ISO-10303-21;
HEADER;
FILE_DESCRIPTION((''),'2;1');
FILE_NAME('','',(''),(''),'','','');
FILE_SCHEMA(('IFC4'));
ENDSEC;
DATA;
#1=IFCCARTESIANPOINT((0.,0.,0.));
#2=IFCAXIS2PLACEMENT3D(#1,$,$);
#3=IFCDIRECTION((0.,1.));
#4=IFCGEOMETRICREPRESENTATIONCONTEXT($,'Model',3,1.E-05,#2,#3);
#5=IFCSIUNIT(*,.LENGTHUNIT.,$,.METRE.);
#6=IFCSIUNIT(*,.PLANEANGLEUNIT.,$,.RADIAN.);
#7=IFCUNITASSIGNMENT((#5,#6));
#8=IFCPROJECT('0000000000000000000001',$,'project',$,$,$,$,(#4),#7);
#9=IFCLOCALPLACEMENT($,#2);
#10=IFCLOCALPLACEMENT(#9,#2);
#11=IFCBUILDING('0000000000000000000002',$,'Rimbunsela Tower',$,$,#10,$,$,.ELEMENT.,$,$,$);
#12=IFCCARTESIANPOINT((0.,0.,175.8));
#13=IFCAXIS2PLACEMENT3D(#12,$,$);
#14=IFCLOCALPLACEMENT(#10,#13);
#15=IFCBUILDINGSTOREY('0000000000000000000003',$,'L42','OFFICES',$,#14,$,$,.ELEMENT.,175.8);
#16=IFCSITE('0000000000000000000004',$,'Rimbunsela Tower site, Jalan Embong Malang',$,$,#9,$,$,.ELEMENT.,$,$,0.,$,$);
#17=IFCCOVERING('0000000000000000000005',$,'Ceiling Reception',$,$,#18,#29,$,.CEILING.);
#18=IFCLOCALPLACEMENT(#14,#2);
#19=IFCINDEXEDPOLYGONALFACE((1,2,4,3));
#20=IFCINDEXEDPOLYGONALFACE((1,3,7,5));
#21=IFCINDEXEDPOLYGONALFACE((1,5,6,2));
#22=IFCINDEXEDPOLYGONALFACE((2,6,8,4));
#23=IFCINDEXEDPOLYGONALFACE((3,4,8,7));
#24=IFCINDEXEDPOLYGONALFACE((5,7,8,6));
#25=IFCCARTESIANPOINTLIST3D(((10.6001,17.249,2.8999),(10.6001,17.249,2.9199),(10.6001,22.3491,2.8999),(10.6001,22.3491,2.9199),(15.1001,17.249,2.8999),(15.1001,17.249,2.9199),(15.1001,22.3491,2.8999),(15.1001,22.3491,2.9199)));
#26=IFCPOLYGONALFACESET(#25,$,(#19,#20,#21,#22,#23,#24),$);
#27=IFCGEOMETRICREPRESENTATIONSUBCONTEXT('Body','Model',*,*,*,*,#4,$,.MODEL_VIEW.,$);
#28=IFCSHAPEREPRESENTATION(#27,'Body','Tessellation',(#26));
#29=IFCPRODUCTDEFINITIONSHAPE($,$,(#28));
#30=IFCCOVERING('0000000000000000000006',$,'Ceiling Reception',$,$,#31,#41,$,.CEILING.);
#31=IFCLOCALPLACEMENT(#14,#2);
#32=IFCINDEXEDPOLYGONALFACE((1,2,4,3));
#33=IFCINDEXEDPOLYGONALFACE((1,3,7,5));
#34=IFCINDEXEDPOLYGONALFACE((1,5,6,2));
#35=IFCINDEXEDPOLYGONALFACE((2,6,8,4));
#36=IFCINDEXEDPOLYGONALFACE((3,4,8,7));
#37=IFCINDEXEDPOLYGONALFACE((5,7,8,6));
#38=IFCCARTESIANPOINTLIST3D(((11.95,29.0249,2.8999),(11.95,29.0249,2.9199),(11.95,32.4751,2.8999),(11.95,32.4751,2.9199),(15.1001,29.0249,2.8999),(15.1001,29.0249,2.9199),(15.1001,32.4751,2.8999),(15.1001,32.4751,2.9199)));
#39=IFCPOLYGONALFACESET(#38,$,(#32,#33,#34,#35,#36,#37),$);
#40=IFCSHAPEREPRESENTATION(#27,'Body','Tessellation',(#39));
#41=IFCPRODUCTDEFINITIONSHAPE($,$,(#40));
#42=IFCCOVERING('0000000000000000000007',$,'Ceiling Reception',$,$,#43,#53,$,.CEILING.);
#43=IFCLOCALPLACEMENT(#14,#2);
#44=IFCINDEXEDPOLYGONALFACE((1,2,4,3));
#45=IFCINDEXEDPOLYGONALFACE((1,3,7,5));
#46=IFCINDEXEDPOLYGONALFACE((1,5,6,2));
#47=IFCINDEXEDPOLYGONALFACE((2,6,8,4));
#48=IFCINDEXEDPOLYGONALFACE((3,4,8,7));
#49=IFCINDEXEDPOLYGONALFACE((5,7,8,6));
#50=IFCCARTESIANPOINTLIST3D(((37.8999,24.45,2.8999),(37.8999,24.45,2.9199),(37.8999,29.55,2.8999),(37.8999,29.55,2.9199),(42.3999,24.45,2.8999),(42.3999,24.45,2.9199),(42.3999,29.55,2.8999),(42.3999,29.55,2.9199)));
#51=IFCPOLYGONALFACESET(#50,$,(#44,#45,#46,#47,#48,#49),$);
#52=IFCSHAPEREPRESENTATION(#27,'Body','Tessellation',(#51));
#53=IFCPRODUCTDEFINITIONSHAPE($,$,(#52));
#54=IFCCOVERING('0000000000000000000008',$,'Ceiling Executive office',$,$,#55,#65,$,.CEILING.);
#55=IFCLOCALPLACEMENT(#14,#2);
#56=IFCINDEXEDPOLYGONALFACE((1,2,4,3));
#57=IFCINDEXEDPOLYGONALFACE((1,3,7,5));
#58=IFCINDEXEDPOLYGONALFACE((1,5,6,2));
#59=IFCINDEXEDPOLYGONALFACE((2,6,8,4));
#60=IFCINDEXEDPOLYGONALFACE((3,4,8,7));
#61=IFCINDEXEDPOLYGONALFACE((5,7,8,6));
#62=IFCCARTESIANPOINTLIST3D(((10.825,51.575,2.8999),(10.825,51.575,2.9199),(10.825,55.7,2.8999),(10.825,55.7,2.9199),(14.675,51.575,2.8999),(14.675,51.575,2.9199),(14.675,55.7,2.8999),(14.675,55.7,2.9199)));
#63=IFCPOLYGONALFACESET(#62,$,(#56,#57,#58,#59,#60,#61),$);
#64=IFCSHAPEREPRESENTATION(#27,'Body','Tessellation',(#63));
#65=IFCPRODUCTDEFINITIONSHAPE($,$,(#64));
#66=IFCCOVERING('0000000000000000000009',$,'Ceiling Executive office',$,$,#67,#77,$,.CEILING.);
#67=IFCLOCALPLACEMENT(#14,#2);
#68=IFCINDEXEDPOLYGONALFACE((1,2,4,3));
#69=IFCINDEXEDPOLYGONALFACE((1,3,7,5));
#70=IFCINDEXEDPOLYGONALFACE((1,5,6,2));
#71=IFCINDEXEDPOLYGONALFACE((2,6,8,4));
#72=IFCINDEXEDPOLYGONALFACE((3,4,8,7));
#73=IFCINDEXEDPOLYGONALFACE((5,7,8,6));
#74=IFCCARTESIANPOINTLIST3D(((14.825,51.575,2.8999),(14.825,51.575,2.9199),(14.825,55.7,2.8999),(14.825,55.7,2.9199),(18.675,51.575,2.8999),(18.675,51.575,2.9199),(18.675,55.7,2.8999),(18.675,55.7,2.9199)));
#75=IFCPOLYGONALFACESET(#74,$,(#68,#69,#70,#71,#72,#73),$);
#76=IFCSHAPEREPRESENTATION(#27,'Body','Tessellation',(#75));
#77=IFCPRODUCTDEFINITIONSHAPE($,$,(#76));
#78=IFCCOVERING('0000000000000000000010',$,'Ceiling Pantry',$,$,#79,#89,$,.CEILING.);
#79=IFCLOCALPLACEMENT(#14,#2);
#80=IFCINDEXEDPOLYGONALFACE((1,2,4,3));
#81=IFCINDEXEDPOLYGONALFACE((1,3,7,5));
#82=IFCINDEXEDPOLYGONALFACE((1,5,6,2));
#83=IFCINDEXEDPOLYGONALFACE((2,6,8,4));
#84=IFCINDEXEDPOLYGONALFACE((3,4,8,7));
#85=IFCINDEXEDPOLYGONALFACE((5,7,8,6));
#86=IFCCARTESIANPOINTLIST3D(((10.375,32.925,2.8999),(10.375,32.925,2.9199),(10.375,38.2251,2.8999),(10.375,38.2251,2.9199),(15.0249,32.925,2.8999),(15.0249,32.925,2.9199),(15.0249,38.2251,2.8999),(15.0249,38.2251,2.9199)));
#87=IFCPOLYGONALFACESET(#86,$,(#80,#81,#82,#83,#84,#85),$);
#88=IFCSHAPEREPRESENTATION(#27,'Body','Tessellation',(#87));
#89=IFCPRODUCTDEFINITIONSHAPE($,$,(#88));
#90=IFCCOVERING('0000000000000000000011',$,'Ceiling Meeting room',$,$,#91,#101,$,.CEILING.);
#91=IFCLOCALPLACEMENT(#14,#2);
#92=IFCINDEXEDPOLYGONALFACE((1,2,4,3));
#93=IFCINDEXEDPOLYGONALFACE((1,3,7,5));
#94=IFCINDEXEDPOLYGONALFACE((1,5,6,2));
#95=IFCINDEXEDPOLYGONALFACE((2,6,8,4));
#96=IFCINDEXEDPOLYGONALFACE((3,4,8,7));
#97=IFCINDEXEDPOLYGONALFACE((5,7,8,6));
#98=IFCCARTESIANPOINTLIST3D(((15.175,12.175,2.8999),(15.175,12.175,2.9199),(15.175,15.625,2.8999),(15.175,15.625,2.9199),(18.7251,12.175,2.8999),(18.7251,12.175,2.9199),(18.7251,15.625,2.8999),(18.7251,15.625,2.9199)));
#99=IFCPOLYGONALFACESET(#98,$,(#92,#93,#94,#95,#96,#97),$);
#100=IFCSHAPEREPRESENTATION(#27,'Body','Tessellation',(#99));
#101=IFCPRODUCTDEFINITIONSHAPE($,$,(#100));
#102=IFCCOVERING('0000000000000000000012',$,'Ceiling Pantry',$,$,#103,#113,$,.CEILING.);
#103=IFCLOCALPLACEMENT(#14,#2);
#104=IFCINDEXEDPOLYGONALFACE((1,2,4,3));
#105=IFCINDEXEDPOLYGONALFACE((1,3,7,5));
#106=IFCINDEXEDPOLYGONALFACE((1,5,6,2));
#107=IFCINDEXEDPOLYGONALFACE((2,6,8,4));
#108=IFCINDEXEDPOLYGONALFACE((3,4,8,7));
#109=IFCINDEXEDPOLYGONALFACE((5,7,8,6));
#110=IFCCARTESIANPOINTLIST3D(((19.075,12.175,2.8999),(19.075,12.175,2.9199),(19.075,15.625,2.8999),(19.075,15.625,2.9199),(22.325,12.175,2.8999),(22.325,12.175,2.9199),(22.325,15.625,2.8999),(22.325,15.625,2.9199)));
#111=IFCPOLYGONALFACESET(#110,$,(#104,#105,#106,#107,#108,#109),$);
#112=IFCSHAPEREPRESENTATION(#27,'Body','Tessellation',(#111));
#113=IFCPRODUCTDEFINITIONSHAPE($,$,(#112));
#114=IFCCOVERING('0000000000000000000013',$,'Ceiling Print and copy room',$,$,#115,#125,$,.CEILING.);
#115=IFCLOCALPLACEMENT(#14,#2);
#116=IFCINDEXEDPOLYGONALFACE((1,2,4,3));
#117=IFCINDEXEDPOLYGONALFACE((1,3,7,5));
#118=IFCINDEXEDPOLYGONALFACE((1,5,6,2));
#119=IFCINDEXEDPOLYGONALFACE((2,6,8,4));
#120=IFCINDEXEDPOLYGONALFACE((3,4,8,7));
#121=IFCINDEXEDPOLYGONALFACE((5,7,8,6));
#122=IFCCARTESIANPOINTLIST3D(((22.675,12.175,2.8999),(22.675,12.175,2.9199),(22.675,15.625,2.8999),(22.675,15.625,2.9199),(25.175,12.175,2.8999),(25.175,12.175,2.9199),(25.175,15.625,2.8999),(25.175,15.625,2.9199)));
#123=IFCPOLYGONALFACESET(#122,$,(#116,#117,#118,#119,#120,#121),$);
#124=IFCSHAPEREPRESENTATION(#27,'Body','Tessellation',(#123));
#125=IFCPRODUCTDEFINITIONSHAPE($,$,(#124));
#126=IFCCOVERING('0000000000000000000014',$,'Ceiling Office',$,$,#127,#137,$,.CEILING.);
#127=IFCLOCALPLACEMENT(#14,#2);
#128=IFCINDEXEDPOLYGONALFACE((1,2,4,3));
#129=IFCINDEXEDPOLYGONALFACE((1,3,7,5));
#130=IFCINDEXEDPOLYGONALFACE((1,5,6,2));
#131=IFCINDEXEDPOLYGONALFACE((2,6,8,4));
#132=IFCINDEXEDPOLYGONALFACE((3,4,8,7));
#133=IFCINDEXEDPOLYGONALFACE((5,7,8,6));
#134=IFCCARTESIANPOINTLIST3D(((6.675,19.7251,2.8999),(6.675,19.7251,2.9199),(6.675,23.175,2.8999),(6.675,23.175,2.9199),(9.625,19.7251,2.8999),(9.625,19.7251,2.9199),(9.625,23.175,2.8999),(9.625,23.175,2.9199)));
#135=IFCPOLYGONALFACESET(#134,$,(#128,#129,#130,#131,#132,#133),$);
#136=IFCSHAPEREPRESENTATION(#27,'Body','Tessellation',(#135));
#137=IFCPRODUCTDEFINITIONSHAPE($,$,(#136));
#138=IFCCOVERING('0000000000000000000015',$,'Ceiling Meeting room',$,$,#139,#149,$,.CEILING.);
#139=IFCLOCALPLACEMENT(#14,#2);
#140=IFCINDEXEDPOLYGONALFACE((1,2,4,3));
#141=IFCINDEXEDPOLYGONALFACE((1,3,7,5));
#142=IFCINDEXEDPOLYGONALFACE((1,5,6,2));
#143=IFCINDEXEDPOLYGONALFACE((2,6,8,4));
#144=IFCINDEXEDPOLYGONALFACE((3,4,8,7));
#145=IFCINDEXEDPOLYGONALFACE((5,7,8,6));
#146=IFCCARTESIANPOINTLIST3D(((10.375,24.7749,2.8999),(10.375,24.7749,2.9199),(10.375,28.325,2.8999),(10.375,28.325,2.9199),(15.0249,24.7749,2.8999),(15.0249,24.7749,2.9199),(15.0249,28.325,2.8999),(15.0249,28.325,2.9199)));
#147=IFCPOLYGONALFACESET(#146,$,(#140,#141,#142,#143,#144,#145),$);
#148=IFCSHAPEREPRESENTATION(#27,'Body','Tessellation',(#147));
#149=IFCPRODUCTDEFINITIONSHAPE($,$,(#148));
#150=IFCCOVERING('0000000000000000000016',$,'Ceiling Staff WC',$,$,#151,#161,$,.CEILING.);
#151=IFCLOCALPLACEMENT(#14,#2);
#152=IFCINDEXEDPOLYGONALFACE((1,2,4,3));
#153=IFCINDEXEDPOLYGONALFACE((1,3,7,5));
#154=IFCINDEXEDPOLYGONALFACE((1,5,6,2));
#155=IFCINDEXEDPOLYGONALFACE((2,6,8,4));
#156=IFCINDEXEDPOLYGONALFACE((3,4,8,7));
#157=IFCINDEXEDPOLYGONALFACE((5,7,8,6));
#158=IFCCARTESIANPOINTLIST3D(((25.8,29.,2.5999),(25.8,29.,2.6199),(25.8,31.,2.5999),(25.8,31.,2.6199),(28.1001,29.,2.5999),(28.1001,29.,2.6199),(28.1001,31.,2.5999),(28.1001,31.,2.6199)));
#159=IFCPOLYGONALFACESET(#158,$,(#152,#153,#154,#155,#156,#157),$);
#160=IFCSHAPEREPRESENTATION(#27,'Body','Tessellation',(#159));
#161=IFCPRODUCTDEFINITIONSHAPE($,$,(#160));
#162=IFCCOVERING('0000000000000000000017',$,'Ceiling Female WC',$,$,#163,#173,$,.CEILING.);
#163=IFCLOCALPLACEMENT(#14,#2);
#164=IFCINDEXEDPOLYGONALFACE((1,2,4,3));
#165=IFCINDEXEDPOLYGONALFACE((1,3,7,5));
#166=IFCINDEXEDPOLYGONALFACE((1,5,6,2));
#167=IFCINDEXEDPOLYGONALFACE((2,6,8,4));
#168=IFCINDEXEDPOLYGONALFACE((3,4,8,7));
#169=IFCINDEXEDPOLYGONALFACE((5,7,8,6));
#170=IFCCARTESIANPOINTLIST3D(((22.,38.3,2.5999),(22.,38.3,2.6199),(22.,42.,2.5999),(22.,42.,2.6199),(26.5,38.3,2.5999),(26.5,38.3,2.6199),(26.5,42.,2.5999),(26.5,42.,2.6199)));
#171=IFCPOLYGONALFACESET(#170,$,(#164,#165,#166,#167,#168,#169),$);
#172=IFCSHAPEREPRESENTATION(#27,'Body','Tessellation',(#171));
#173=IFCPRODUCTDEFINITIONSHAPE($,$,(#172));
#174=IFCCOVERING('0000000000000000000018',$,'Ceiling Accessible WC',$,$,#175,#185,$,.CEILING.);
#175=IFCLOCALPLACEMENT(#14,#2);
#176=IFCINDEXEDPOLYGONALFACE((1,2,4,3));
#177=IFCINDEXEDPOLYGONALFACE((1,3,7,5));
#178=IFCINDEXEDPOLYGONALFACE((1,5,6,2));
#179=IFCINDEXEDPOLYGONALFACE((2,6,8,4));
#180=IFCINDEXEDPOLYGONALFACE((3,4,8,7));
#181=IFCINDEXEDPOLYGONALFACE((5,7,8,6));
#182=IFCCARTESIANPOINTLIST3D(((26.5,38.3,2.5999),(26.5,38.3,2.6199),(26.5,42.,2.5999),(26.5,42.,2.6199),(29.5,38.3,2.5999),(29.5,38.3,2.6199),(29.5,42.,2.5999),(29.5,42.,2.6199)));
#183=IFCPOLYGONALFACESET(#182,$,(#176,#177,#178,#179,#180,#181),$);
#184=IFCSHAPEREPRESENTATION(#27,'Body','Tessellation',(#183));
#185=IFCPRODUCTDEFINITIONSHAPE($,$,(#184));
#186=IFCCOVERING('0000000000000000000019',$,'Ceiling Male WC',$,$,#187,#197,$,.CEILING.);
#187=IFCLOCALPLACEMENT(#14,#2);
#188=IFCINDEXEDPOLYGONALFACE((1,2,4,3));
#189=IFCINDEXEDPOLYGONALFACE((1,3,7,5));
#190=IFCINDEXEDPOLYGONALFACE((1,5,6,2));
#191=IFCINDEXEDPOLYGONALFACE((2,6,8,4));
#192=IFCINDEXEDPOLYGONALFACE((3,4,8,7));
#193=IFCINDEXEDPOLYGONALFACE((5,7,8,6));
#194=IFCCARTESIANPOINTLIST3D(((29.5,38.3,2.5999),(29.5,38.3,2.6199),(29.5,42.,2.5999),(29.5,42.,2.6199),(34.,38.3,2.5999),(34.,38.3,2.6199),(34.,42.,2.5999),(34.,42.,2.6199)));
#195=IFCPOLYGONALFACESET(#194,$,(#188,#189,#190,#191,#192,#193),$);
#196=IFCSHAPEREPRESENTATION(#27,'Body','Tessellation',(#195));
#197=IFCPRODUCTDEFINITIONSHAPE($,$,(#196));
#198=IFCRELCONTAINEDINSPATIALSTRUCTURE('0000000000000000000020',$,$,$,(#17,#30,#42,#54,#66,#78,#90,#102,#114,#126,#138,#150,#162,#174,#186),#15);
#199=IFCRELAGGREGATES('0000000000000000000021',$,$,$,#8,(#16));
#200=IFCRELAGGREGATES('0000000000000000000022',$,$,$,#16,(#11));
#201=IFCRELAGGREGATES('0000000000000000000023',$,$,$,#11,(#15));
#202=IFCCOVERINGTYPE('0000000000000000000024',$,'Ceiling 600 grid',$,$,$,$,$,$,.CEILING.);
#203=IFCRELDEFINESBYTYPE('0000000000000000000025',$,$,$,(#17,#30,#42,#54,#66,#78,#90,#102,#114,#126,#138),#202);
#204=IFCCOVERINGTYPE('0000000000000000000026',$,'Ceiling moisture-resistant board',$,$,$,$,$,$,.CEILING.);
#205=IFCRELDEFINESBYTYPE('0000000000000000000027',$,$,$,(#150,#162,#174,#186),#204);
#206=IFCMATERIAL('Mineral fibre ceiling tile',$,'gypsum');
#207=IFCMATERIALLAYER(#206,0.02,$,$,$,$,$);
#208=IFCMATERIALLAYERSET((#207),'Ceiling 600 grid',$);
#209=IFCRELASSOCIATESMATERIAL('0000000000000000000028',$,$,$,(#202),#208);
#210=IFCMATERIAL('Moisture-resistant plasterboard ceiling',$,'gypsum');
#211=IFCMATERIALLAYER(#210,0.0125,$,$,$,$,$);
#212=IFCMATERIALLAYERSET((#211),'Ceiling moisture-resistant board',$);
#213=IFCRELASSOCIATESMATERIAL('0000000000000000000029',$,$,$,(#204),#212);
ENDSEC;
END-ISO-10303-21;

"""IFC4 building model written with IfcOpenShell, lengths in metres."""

from ifc_helpers import new_model, si_unit, direction, frame, origin, place, context, subcontext, project, spatial, polyline, outline, extrude, material, layer, layer_set, type_object, element, save


model = new_model("IFC4")

# Units and contexts
model_context = context("Model", 3, precision=1e-05, world=origin(), true_north=direction((0.0, 1.0)))
body_context = subcontext(model_context, "Body", "Model", "MODEL_VIEW")
ifc_project = project(units=[si_unit("LENGTHUNIT", "METRE"), si_unit("PLANEANGLEUNIT", "RADIAN")], contexts=[model_context])

# Site, building, storey
site_placement = place(None, origin())
site = spatial("IfcSite", under=ifc_project, at=site_placement, Name="Rimbunsela Tower site, Jalan Embong Malang", CompositionType="ELEMENT", RefElevation=0.0)
building_placement = place(site_placement, origin())
building = spatial("IfcBuilding", under=site, at=building_placement, Name="Rimbunsela Tower", CompositionType="ELEMENT")
storey_placement = place(building_placement, frame((0.0, 0.0, 175.8)))
storey = spatial("IfcBuildingStorey", under=building, at=storey_placement, Name="L42", Description="OFFICES", CompositionType="ELEMENT", Elevation=175.8)

# Coverings
ifc_material_1 = material(Name="Mineral fibre ceiling tile", Category="gypsum")
ifc_layer_1 = layer(ifc_material_1, 0.02)
ifc_layer_set_1 = layer_set([ifc_layer_1], Name="Ceiling 600 grid")
covering_type_1 = type_object("IfcCoveringType", Name="Ceiling 600 grid", PredefinedType="CEILING", material=ifc_layer_set_1)
covering_1_placement = place(storey_placement, frame((0.0, 0.0, 2.8999)))
element("IfcCovering", 1, at=covering_1_placement, inside=storey, type_object=covering_type_1, Name="Ceiling Reception", PredefinedType="CEILING", context=body_context, shape_type="SweptSolid", body=[
    extrude(outline(polyline([(15.1001, 17.249), (15.1001, 22.3491), (10.6001, 22.3491), (10.6001, 17.249), (15.1001, 17.249)])), origin(), (0.0, 0.0, 1.0), 0.02),
])
covering_2_placement = place(storey_placement, frame((0.0, 0.0, 2.8999)))
element("IfcCovering", 2, at=covering_2_placement, inside=storey, type_object=covering_type_1, Name="Ceiling Reception", PredefinedType="CEILING", context=body_context, shape_type="SweptSolid", body=[
    extrude(outline(polyline([(15.1001, 29.0249), (15.1001, 32.4751), (11.95, 32.4751), (11.95, 29.0249), (15.1001, 29.0249)])), origin(), (0.0, 0.0, 1.0), 0.02),
])
covering_3_placement = place(storey_placement, frame((0.0, 0.0, 2.8999)))
element("IfcCovering", 3, at=covering_3_placement, inside=storey, type_object=covering_type_1, Name="Ceiling Reception", PredefinedType="CEILING", context=body_context, shape_type="SweptSolid", body=[
    extrude(outline(polyline([(42.3999, 24.45), (42.3999, 29.55), (37.8999, 29.55), (37.8999, 24.45), (42.3999, 24.45)])), origin(), (0.0, 0.0, 1.0), 0.02),
])
covering_4_placement = place(storey_placement, frame((0.0, 0.0, 2.8999)))
element("IfcCovering", 4, at=covering_4_placement, inside=storey, type_object=covering_type_1, Name="Ceiling Executive office", PredefinedType="CEILING", context=body_context, shape_type="SweptSolid", body=[
    extrude(outline(polyline([(14.675, 51.575), (14.675, 55.7), (10.825, 55.7), (10.825, 51.575), (14.675, 51.575)])), origin(), (0.0, 0.0, 1.0), 0.02),
])
covering_5_placement = place(storey_placement, frame((0.0, 0.0, 2.8999)))
element("IfcCovering", 5, at=covering_5_placement, inside=storey, type_object=covering_type_1, Name="Ceiling Executive office", PredefinedType="CEILING", context=body_context, shape_type="SweptSolid", body=[
    extrude(outline(polyline([(18.675, 51.575), (18.675, 55.7), (14.825, 55.7), (14.825, 51.575), (18.675, 51.575)])), origin(), (0.0, 0.0, 1.0), 0.02),
])
covering_6_placement = place(storey_placement, frame((0.0, 0.0, 2.8999)))
element("IfcCovering", 6, at=covering_6_placement, inside=storey, type_object=covering_type_1, Name="Ceiling Pantry", PredefinedType="CEILING", context=body_context, shape_type="SweptSolid", body=[
    extrude(outline(polyline([(15.0249, 32.925), (15.0249, 38.2251), (10.375, 38.2251), (10.375, 32.925), (15.0249, 32.925)])), origin(), (0.0, 0.0, 1.0), 0.02),
])
covering_7_placement = place(storey_placement, frame((0.0, 0.0, 2.8999)))
element("IfcCovering", 7, at=covering_7_placement, inside=storey, type_object=covering_type_1, Name="Ceiling Meeting room", PredefinedType="CEILING", context=body_context, shape_type="SweptSolid", body=[
    extrude(outline(polyline([(18.7251, 12.175), (18.7251, 15.625), (15.175, 15.625), (15.175, 12.175), (18.7251, 12.175)])), origin(), (0.0, 0.0, 1.0), 0.02),
])
covering_8_placement = place(storey_placement, frame((0.0, 0.0, 2.8999)))
element("IfcCovering", 8, at=covering_8_placement, inside=storey, type_object=covering_type_1, Name="Ceiling Pantry", PredefinedType="CEILING", context=body_context, shape_type="SweptSolid", body=[
    extrude(outline(polyline([(22.325, 12.175), (22.325, 15.625), (19.075, 15.625), (19.075, 12.175), (22.325, 12.175)])), origin(), (0.0, 0.0, 1.0), 0.02),
])
covering_9_placement = place(storey_placement, frame((0.0, 0.0, 2.8999)))
element("IfcCovering", 9, at=covering_9_placement, inside=storey, type_object=covering_type_1, Name="Ceiling Print and copy room", PredefinedType="CEILING", context=body_context, shape_type="SweptSolid", body=[
    extrude(outline(polyline([(25.175, 12.175), (25.175, 15.625), (22.675, 15.625), (22.675, 12.175), (25.175, 12.175)])), origin(), (0.0, 0.0, 1.0), 0.02),
])
covering_10_placement = place(storey_placement, frame((0.0, 0.0, 2.8999)))
element("IfcCovering", 10, at=covering_10_placement, inside=storey, type_object=covering_type_1, Name="Ceiling Office", PredefinedType="CEILING", context=body_context, shape_type="SweptSolid", body=[
    extrude(outline(polyline([(9.625, 19.7251), (9.625, 23.175), (6.675, 23.175), (6.675, 19.7251), (9.625, 19.7251)])), origin(), (0.0, 0.0, 1.0), 0.02),
])
covering_11_placement = place(storey_placement, frame((0.0, 0.0, 2.8999)))
element("IfcCovering", 11, at=covering_11_placement, inside=storey, type_object=covering_type_1, Name="Ceiling Meeting room", PredefinedType="CEILING", context=body_context, shape_type="SweptSolid", body=[
    extrude(outline(polyline([(15.0249, 24.7749), (15.0249, 28.325), (10.375, 28.325), (10.375, 24.7749), (15.0249, 24.7749)])), origin(), (0.0, 0.0, 1.0), 0.02),
])
ifc_material_2 = material(Name="Moisture-resistant plasterboard ceiling", Category="gypsum")
ifc_layer_2 = layer(ifc_material_2, 0.0125)
ifc_layer_set_2 = layer_set([ifc_layer_2], Name="Ceiling moisture-resistant board")
covering_type_2 = type_object("IfcCoveringType", Name="Ceiling moisture-resistant board", PredefinedType="CEILING", material=ifc_layer_set_2)
covering_12_placement = place(storey_placement, frame((0.0, 0.0, 2.5999)))
element("IfcCovering", 12, at=covering_12_placement, inside=storey, type_object=covering_type_2, Name="Ceiling Staff WC", PredefinedType="CEILING", context=body_context, shape_type="SweptSolid", body=[
    extrude(outline(polyline([(28.1001, 29.0), (28.1001, 31.0), (25.8, 31.0), (25.8, 29.0), (28.1001, 29.0)])), origin(), (0.0, 0.0, 1.0), 0.02),
])
covering_13_placement = place(storey_placement, frame((0.0, 0.0, 2.5999)))
element("IfcCovering", 13, at=covering_13_placement, inside=storey, type_object=covering_type_2, Name="Ceiling Female WC", PredefinedType="CEILING", context=body_context, shape_type="SweptSolid", body=[
    extrude(outline(polyline([(26.5, 38.3), (26.5, 42.0), (22.0, 42.0), (22.0, 38.3), (26.5, 38.3)])), origin(), (0.0, 0.0, 1.0), 0.02),
])
covering_14_placement = place(storey_placement, frame((0.0, 0.0, 2.5999)))
element("IfcCovering", 14, at=covering_14_placement, inside=storey, type_object=covering_type_2, Name="Ceiling Accessible WC", PredefinedType="CEILING", context=body_context, shape_type="SweptSolid", body=[
    extrude(outline(polyline([(29.5, 38.3), (29.5, 42.0), (26.5, 42.0), (26.5, 38.3), (29.5, 38.3)])), origin(), (0.0, 0.0, 1.0), 0.02),
])
covering_15_placement = place(storey_placement, frame((0.0, 0.0, 2.5999)))
element("IfcCovering", 15, at=covering_15_placement, inside=storey, type_object=covering_type_2, Name="Ceiling Male WC", PredefinedType="CEILING", context=body_context, shape_type="SweptSolid", body=[
    extrude(outline(polyline([(34.0, 38.3), (34.0, 42.0), (29.5, 42.0), (29.5, 38.3), (34.0, 38.3)])), origin(), (0.0, 0.0, 1.0), 0.02),
])

save(model, "model.ifc")
